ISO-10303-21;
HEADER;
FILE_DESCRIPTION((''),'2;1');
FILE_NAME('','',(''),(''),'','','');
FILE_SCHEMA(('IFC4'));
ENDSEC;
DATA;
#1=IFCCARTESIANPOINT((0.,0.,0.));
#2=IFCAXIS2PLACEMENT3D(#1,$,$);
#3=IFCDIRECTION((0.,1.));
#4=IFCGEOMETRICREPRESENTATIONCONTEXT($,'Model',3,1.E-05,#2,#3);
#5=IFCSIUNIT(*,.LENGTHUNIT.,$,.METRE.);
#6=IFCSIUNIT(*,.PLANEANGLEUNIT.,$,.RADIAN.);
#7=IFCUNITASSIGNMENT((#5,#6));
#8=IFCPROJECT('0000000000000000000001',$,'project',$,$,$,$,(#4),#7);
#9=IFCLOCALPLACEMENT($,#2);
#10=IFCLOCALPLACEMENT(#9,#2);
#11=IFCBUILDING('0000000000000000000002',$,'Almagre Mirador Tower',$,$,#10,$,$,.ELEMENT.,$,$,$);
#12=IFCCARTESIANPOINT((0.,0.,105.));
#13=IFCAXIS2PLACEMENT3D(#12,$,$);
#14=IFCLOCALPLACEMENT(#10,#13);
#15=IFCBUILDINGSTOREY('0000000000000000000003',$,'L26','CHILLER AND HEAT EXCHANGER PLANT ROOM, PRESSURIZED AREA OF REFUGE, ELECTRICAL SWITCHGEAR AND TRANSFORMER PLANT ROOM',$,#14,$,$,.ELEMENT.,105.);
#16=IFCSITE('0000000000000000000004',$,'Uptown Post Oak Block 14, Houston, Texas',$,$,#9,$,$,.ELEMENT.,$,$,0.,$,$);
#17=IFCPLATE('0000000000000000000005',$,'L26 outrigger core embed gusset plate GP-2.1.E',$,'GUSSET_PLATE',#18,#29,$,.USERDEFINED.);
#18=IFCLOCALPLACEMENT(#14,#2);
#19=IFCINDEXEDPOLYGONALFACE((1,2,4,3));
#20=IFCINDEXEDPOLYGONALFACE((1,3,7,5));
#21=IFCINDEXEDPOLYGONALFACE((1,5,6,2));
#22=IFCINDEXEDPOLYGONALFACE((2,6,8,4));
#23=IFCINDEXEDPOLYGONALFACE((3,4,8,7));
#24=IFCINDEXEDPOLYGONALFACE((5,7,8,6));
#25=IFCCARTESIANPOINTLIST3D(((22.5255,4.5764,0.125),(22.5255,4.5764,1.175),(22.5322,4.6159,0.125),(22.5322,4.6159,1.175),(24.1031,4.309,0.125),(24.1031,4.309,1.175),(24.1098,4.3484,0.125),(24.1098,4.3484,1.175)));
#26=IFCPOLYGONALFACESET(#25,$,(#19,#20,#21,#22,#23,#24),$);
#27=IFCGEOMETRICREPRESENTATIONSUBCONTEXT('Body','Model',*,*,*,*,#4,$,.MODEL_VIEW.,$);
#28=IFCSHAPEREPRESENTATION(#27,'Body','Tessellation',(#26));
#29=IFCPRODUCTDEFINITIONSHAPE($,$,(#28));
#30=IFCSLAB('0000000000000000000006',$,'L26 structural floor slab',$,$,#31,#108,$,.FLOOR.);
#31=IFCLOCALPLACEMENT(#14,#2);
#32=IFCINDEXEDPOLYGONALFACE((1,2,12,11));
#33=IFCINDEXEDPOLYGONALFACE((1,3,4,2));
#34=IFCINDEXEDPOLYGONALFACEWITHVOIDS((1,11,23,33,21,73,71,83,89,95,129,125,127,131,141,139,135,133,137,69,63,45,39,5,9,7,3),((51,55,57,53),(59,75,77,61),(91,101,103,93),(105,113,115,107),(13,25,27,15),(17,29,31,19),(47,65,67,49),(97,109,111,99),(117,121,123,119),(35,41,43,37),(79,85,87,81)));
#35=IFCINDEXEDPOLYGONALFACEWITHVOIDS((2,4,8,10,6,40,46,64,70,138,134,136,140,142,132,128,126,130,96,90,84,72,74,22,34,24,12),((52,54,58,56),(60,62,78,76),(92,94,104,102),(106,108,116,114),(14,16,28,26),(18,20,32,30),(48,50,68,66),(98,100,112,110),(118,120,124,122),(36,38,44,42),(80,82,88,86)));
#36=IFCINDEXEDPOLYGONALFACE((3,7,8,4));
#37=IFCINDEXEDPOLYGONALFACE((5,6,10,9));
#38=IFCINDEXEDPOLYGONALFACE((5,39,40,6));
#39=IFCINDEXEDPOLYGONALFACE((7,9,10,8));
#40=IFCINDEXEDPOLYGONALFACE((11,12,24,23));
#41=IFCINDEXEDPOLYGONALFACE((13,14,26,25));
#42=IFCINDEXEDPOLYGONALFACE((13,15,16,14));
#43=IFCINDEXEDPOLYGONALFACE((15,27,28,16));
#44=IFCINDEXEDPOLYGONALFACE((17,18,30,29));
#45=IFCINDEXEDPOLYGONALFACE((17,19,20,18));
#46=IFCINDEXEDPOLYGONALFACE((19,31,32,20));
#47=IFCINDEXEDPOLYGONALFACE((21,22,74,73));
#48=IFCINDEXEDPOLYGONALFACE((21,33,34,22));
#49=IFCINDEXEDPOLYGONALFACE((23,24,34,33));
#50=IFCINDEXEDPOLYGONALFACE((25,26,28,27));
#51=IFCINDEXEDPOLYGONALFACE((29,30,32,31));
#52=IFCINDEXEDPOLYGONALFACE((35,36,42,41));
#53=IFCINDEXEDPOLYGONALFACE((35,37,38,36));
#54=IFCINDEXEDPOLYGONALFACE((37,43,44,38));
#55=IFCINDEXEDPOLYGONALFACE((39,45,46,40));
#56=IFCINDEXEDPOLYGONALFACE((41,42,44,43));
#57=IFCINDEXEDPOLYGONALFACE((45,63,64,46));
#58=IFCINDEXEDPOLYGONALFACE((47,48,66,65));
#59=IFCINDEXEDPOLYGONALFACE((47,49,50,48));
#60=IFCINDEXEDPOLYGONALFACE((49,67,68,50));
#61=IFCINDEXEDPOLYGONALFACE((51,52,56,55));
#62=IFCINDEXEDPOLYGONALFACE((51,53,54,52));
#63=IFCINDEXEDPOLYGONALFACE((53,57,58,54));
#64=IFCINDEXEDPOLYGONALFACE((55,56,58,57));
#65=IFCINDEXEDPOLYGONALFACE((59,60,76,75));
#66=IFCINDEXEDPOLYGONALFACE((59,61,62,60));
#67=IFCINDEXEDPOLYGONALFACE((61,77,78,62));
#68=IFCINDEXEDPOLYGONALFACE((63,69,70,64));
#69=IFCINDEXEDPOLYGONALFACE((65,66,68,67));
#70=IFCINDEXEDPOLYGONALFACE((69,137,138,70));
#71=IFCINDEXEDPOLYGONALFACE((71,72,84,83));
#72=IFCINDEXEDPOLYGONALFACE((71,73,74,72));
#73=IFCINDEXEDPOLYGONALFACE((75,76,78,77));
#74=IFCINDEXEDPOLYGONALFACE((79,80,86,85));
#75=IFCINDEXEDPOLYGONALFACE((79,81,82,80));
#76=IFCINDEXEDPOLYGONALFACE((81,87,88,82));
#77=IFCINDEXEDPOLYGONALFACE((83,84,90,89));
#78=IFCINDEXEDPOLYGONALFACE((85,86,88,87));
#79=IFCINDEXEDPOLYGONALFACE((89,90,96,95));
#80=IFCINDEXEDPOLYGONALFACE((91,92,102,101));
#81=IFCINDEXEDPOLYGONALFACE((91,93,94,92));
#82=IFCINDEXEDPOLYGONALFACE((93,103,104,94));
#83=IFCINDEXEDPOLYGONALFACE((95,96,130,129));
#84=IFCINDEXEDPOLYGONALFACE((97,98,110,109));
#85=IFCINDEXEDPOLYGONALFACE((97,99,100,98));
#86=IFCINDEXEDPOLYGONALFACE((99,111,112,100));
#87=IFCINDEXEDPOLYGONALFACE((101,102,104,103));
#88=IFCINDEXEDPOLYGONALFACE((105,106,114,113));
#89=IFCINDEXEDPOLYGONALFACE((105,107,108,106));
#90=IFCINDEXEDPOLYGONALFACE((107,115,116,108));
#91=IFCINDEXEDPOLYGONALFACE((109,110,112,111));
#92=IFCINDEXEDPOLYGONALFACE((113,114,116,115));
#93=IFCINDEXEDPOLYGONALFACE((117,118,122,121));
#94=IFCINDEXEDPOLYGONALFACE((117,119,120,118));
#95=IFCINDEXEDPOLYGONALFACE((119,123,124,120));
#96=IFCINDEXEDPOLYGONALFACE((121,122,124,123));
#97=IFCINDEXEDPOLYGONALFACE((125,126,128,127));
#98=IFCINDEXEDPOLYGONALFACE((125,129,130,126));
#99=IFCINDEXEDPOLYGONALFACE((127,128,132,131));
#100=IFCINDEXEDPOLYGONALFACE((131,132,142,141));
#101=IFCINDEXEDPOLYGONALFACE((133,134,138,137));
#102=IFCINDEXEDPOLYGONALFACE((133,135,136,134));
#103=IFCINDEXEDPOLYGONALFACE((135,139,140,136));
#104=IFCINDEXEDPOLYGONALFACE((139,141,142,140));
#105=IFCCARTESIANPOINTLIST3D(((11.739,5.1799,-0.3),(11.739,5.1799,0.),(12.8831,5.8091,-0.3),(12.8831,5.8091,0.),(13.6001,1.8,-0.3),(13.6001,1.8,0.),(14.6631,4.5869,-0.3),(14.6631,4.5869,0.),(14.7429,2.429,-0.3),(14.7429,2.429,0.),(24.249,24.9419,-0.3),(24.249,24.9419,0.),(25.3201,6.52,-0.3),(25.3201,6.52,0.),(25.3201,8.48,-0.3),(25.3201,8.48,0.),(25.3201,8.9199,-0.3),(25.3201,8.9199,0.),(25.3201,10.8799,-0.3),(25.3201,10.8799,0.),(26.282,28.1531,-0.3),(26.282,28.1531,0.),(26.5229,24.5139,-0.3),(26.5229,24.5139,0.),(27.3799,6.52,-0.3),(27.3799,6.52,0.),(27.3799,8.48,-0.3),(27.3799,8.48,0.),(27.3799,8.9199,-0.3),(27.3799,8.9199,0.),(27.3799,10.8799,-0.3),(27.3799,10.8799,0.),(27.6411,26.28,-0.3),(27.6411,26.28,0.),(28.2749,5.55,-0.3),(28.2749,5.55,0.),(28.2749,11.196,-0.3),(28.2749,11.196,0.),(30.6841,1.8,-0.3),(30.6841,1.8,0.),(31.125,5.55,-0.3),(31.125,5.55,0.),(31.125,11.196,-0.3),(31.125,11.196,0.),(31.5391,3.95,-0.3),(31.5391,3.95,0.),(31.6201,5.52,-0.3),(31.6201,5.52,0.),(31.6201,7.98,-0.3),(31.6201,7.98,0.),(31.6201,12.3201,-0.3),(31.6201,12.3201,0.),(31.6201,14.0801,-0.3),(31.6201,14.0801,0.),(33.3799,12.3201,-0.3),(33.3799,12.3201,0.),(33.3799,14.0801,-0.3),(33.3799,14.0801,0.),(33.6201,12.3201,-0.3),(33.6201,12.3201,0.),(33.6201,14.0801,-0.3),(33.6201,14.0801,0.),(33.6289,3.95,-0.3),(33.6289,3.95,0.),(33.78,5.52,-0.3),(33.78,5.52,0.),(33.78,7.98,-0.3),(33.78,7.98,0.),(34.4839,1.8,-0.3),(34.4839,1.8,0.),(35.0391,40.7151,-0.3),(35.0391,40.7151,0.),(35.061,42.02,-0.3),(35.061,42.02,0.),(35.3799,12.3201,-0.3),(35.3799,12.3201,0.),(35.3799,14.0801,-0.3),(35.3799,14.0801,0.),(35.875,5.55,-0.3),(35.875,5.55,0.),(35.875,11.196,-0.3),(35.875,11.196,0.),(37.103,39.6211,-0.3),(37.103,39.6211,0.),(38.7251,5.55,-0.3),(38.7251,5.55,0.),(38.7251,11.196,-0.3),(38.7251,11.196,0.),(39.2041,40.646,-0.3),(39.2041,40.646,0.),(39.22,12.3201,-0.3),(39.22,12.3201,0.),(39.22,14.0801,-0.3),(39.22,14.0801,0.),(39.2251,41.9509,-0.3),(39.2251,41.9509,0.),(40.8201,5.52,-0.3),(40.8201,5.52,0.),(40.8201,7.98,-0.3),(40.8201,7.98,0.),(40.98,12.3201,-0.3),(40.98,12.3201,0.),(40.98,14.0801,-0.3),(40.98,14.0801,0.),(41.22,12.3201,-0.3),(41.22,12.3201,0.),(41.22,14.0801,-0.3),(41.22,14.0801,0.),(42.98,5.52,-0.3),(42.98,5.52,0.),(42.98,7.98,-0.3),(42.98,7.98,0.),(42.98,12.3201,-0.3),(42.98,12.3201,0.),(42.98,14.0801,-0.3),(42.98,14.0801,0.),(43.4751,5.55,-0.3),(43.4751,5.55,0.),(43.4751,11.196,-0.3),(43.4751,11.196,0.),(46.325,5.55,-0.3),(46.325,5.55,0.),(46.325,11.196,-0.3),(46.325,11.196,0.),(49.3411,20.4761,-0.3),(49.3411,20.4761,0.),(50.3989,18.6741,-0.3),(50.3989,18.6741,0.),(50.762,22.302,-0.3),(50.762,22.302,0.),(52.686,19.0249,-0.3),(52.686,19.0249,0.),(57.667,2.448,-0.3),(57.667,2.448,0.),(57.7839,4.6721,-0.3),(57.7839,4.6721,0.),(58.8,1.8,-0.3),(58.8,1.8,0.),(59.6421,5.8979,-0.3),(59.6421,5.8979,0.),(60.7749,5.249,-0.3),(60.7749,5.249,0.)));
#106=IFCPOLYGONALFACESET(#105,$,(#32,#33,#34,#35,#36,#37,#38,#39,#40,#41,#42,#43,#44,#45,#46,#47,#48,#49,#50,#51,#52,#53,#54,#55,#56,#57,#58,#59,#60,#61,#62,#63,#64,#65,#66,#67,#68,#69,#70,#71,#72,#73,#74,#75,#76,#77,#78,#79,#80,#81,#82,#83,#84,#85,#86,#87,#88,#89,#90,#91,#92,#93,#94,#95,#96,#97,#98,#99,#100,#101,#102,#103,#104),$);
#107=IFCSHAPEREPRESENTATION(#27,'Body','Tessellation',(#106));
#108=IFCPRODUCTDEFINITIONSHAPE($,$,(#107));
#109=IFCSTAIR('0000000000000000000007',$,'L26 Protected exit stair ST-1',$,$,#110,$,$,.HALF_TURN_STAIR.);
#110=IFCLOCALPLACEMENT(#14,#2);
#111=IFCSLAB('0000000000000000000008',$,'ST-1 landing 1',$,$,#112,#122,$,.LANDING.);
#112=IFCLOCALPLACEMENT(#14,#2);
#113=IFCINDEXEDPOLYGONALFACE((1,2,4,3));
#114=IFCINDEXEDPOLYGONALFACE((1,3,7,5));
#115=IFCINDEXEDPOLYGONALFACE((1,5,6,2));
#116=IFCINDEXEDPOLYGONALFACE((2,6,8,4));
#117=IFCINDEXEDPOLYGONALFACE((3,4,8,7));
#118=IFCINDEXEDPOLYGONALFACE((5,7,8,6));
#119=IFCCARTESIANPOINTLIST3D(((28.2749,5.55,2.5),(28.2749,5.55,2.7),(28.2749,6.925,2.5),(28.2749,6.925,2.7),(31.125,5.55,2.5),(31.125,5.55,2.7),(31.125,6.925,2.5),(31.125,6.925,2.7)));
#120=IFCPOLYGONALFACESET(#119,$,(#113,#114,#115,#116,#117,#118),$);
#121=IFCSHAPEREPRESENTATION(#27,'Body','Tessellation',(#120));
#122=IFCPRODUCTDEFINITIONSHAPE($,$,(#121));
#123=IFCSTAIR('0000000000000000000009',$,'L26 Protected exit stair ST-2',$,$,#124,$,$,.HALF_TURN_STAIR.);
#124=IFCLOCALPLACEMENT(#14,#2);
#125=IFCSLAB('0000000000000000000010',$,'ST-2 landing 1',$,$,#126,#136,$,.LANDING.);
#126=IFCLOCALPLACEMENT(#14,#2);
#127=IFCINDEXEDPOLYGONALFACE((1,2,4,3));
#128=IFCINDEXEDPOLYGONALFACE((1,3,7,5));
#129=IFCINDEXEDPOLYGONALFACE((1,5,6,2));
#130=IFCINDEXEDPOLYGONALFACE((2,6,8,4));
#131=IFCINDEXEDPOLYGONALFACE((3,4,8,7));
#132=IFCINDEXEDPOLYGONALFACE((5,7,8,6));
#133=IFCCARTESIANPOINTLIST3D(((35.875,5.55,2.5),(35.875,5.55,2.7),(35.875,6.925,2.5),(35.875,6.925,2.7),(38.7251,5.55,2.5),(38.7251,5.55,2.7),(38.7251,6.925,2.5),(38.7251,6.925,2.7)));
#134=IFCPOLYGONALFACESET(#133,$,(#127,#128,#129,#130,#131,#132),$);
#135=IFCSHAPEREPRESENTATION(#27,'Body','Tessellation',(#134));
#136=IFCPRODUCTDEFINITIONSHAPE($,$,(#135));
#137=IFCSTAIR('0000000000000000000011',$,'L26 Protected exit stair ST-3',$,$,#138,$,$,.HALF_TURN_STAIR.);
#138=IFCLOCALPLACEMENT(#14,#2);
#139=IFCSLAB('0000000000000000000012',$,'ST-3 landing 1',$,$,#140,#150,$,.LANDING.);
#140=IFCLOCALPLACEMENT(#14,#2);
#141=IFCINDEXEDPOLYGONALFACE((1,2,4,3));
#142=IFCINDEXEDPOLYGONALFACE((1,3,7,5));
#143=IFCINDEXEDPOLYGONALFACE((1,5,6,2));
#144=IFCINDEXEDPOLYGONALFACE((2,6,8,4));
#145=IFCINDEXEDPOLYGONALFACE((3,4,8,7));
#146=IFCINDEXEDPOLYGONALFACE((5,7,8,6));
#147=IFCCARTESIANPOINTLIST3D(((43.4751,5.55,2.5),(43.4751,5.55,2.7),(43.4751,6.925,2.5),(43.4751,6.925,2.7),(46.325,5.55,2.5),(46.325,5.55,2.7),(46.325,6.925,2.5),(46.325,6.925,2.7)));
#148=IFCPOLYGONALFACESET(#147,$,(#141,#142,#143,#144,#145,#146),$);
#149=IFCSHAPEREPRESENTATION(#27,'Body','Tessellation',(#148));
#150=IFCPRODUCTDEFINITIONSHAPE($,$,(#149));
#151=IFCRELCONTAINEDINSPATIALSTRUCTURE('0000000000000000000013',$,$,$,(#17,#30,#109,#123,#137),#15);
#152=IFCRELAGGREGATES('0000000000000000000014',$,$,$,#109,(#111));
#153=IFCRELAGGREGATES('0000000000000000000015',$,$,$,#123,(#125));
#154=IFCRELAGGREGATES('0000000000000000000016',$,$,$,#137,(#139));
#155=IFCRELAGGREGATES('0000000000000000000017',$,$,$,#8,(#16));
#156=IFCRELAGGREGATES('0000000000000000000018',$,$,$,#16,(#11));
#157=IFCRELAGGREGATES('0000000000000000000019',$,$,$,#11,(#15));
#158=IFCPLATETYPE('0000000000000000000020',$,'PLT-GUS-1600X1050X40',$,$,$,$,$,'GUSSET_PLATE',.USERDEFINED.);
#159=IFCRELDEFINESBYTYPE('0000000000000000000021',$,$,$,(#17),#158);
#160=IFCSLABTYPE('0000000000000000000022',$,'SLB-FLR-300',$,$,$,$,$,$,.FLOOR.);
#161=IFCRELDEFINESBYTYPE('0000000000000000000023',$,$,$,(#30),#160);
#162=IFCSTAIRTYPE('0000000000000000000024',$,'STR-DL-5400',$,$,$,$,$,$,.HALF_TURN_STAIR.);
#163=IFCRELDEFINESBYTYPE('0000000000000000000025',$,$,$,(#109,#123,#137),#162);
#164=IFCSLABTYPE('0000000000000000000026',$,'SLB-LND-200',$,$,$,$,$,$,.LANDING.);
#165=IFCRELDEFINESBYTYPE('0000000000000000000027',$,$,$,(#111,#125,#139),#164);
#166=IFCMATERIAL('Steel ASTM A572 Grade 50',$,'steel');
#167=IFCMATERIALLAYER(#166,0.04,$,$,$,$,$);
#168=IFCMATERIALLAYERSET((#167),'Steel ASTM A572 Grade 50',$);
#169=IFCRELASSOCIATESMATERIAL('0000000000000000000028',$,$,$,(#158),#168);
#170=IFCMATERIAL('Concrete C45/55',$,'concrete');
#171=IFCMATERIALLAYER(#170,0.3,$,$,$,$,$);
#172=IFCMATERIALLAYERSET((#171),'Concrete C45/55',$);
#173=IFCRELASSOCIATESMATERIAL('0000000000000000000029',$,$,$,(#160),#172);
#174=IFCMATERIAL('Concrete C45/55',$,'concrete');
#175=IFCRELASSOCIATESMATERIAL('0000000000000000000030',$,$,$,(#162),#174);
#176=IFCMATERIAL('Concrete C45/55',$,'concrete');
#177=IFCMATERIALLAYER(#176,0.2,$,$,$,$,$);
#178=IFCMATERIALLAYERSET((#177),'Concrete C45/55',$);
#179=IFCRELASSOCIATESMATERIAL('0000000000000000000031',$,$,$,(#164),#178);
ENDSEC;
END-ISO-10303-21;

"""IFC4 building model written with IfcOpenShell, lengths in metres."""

from ifc_helpers import new_model, si_unit, direction, frame, origin, origin_2d, place, context, subcontext, project, spatial, polyline, rectangle, outline, extrude, material, layer, layer_set, type_object, element, aggregate, save


model = new_model("IFC4")

# Units and contexts
model_context = context("Model", 3, precision=1e-05, world=origin(), true_north=direction((0.0, 1.0)))
body_context = subcontext(model_context, "Body", "Model", "MODEL_VIEW")
ifc_project = project(units=[si_unit("LENGTHUNIT", "METRE"), si_unit("PLANEANGLEUNIT", "RADIAN")], contexts=[model_context])

# Site, building, storey
site_placement = place(None, origin())
site = spatial("IfcSite", under=ifc_project, at=site_placement, Name="Uptown Post Oak Block 14, Houston, Texas", CompositionType="ELEMENT", RefElevation=0.0)
building_placement = place(site_placement, origin())
building = spatial("IfcBuilding", under=site, at=building_placement, Name="Almagre Mirador Tower", CompositionType="ELEMENT")
storey_placement = place(building_placement, frame((0.0, 0.0, 105.0)))
storey = spatial("IfcBuildingStorey", under=building, at=storey_placement, Name="L26", Description="CHILLER AND HEAT EXCHANGER PLANT ROOM, PRESSURIZED AREA OF REFUGE, ELECTRICAL SWITCHGEAR AND TRANSFORMER PLANT ROOM", CompositionType="ELEMENT", Elevation=105.0)

# Plate
ifc_material_1 = material(Name="Steel ASTM A572 Grade 50", Category="steel")
ifc_layer_1 = layer(ifc_material_1, 0.04)
ifc_layer_set_1 = layer_set([ifc_layer_1], Name="Steel ASTM A572 Grade 50")
plate_type = type_object("IfcPlateType", Name="PLT-GUS-1600X1050X40", ElementType="GUSSET_PLATE", PredefinedType="USERDEFINED", material=ifc_layer_set_1)
plate_placement = place(storey_placement, frame((23.3176, 4.4624, 0.125), z_axis=(0.0, 0.0, 1.0), x_axis=(-0.985935, 0.16713, 0.0)))
element("IfcPlate", 1, at=plate_placement, inside=storey, type_object=plate_type, Name="L26 outrigger core embed gusset plate GP-2.1.E", ObjectType="GUSSET_PLATE", PredefinedType="USERDEFINED", context=body_context, shape_type="SweptSolid", body=[
    extrude(rectangle(XDim=1.6001, YDim=0.04, at=origin_2d()), origin(), (0.0, 0.0, 1.0), 1.05),
])

# Slab
ifc_material_2 = material(Name="Concrete C45/55", Category="concrete")
ifc_layer_2 = layer(ifc_material_2, 0.3)
ifc_layer_set_2 = layer_set([ifc_layer_2], Name="Concrete C45/55")
slab_type_1 = type_object("IfcSlabType", Name="SLB-FLR-300", PredefinedType="FLOOR", material=ifc_layer_set_2)
slab_1_placement = place(storey_placement, frame((0.0, 0.0, -0.3)))
element("IfcSlab", 2, at=slab_1_placement, inside=storey, type_object=slab_type_1, Name="L26 structural floor slab", PredefinedType="FLOOR", context=body_context, shape_type="SweptSolid", body=[
    extrude(outline(polyline([(11.739, 5.1799), (12.8831, 5.8091), (14.6631, 4.5869), (14.7429, 2.429), (13.6001, 1.8), (30.6841, 1.8), (31.5391, 3.95), (33.6289, 3.95), (34.4839, 1.8), (58.8, 1.8), (57.667, 2.448), (57.7839, 4.6721), (59.6421, 5.8979), (60.7749, 5.249), (52.686, 19.0249), (50.3989, 18.6741), (49.3411, 20.4761), (50.762, 22.302), (39.2251, 41.9509), (39.2041, 40.646), (37.103, 39.6211), (35.0391, 40.7151), (35.061, 42.02), (26.282, 28.1531), (27.6411, 26.28), (26.5229, 24.5139), (24.249, 24.9419), (11.739, 5.1799)]), holes=[polyline([(43.4751, 5.55), (43.4751, 11.196), (46.325, 11.196), (46.325, 5.55), (43.4751, 5.55)]), polyline([(40.8201, 5.52), (40.8201, 7.98), (42.98, 7.98), (42.98, 5.52), (40.8201, 5.52)]), polyline([(41.22, 12.3201), (41.22, 14.0801), (42.98, 14.0801), (42.98, 12.3201), (41.22, 12.3201)]), polyline([(39.22, 12.3201), (39.22, 14.0801), (40.98, 14.0801), (40.98, 12.3201), (39.22, 12.3201)]), polyline([(35.875, 11.196), (38.7251, 11.196), (38.7251, 5.55), (35.875, 5.55), (35.875, 11.196)]), polyline([(35.3799, 12.3201), (33.6201, 12.3201), (33.6201, 14.0801), (35.3799, 14.0801), (35.3799, 12.3201)]), polyline([(33.78, 5.52), (31.6201, 5.52), (31.6201, 7.98), (33.78, 7.98), (33.78, 5.52)]), polyline([(31.6201, 12.3201), (31.6201, 14.0801), (33.3799, 14.0801), (33.3799, 12.3201), (31.6201, 12.3201)]), polyline([(28.2749, 5.55), (28.2749, 11.196), (31.125, 11.196), (31.125, 5.55), (28.2749, 5.55)]), polyline([(25.3201, 8.9199), (25.3201, 10.8799), (27.3799, 10.8799), (27.3799, 8.9199), (25.3201, 8.9199)]), polyline([(27.3799, 6.52), (25.3201, 6.52), (25.3201, 8.48), (27.3799, 8.48), (27.3799, 6.52)])]), origin(), (0.0, 0.0, 1.0), 0.3),
])

# Stairs, slabs
ifc_material_3 = material(Name="Concrete C45/55", Category="concrete")
stair_type = type_object("IfcStairType", Name="STR-DL-5400", PredefinedType="HALF_TURN_STAIR", material=ifc_material_3)
stair_1_placement = place(storey_placement, origin())
stair_1 = element("IfcStair", 3, at=stair_1_placement, inside=storey, type_object=stair_type, Name="L26 Protected exit stair ST-1", PredefinedType="HALF_TURN_STAIR")
ifc_material_4 = material(Name="Concrete C45/55", Category="concrete")
ifc_layer_3 = layer(ifc_material_4, 0.2)
ifc_layer_set_3 = layer_set([ifc_layer_3], Name="Concrete C45/55")
slab_type_2 = type_object("IfcSlabType", Name="SLB-LND-200", PredefinedType="LANDING", material=ifc_layer_set_3)
slab_2_placement = place(storey_placement, frame((0.0, 0.0, 2.5)))
slab_2 = element("IfcSlab", 4, at=slab_2_placement, type_object=slab_type_2, Name="ST-1 landing 1", PredefinedType="LANDING", context=body_context, shape_type="SweptSolid", body=[
    extrude(outline(polyline([(28.2749, 6.925), (28.2749, 5.55), (31.125, 5.55), (31.125, 6.925), (28.2749, 6.925)])), origin(), (0.0, 0.0, 1.0), 0.2),
])
aggregate(stair_1, [slab_2])
stair_2_placement = place(storey_placement, origin())
stair_2 = element("IfcStair", 5, at=stair_2_placement, inside=storey, type_object=stair_type, Name="L26 Protected exit stair ST-2", PredefinedType="HALF_TURN_STAIR")
slab_3_placement = place(storey_placement, frame((0.0, 0.0, 2.5)))
slab_3 = element("IfcSlab", 6, at=slab_3_placement, type_object=slab_type_2, Name="ST-2 landing 1", PredefinedType="LANDING", context=body_context, shape_type="SweptSolid", body=[
    extrude(outline(polyline([(35.875, 6.925), (35.875, 5.55), (38.7251, 5.55), (38.7251, 6.925), (35.875, 6.925)])), origin(), (0.0, 0.0, 1.0), 0.2),
])
aggregate(stair_2, [slab_3])
stair_3_placement = place(storey_placement, origin())
stair_3 = element("IfcStair", 7, at=stair_3_placement, inside=storey, type_object=stair_type, Name="L26 Protected exit stair ST-3", PredefinedType="HALF_TURN_STAIR")
slab_4_placement = place(storey_placement, frame((0.0, 0.0, 2.5)))
slab_4 = element("IfcSlab", 8, at=slab_4_placement, type_object=slab_type_2, Name="ST-3 landing 1", PredefinedType="LANDING", context=body_context, shape_type="SweptSolid", body=[
    extrude(outline(polyline([(43.4751, 6.925), (43.4751, 5.55), (46.325, 5.55), (46.325, 6.925), (43.4751, 6.925)])), origin(), (0.0, 0.0, 1.0), 0.2),
])
aggregate(stair_3, [slab_4])

save(model, "model.ifc")
